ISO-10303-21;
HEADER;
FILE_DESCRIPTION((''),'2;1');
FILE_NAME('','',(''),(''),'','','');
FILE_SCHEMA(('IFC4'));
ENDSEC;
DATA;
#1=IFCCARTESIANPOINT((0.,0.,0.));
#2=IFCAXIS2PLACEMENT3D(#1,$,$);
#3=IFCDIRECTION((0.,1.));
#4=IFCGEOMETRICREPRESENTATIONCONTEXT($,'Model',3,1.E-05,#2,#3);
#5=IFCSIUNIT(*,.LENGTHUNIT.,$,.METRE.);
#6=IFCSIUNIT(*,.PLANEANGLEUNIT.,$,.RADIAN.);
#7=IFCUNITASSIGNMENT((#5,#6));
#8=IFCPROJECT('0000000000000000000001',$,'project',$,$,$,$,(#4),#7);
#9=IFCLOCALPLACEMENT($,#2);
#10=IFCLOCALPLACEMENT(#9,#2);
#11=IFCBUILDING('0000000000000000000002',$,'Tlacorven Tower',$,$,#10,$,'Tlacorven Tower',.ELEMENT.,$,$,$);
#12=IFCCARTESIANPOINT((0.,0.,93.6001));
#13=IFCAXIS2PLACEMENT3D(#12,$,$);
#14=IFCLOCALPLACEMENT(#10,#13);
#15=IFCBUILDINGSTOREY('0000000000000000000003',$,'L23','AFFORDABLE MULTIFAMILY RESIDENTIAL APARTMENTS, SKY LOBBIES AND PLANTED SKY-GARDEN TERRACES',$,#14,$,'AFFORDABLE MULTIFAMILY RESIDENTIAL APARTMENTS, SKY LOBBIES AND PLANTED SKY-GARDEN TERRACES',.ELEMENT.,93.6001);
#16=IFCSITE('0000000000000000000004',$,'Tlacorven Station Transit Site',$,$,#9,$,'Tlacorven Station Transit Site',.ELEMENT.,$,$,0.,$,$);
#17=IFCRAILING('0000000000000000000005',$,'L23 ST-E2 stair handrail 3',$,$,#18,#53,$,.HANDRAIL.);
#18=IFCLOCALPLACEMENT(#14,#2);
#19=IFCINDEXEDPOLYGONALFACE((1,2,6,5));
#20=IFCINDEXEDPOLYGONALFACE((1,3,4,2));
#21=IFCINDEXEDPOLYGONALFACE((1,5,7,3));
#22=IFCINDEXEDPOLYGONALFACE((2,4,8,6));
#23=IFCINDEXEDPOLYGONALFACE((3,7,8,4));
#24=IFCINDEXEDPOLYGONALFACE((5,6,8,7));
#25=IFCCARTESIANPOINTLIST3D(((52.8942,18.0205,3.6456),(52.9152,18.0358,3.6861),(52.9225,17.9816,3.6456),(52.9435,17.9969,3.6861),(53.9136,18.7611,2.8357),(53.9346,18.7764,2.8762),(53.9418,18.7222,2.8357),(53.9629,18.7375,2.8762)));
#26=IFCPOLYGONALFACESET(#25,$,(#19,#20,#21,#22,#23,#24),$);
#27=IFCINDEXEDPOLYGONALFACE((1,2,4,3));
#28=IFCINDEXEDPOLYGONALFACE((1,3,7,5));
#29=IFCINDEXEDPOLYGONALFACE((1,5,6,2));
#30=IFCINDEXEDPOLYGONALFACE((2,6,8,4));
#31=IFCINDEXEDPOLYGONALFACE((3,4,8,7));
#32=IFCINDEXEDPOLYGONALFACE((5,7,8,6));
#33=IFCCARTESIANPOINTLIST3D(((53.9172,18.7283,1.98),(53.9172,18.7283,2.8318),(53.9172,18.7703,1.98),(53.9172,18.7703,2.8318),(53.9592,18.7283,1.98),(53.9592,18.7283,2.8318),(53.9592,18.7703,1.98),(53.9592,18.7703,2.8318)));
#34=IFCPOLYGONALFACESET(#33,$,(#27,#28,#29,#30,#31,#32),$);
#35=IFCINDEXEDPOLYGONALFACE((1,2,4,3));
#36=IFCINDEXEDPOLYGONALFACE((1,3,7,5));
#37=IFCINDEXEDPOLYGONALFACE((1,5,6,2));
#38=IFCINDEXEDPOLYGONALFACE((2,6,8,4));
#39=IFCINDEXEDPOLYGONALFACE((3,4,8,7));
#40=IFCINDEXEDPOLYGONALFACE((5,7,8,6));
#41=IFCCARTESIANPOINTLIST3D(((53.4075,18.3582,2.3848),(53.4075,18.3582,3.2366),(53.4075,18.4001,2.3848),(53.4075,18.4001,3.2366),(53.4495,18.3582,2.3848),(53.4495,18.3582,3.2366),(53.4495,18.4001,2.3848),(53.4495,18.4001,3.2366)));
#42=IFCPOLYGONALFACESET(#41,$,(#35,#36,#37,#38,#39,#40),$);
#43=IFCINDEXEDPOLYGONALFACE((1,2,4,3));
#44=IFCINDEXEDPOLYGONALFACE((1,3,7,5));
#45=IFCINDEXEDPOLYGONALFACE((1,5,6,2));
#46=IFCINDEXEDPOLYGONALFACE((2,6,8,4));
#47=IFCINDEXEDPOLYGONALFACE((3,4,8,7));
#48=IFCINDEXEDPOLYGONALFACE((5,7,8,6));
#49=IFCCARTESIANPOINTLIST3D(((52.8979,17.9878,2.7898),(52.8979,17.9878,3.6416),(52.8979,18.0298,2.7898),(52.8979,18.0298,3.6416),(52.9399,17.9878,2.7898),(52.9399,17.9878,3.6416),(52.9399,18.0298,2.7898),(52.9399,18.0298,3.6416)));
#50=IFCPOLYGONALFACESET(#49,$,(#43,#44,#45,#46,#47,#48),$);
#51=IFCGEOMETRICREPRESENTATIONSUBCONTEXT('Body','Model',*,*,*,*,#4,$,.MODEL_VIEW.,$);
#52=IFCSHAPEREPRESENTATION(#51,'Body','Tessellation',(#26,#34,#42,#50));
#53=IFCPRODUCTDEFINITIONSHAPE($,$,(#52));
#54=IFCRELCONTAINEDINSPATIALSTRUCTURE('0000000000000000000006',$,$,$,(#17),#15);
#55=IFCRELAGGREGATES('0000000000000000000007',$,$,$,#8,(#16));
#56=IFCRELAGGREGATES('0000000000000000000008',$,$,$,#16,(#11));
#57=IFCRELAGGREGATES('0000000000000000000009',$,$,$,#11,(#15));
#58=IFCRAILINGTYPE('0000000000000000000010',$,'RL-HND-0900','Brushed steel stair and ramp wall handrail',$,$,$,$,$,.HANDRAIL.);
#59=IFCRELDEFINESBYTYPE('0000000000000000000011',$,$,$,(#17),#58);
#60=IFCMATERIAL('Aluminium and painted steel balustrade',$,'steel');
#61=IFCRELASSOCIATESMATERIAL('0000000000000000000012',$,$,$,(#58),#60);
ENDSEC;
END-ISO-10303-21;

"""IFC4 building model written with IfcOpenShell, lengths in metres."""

from ifc_helpers import new_model, si_unit, direction, frame, origin, origin_2d, place, context, subcontext, project, spatial, rectangle, extrude, source, transform, mapped, material, type_object, element, save


model = new_model("IFC4")

# Units and contexts
model_context = context("Model", 3, precision=1e-05, world=origin(), true_north=direction((0.0, 1.0)))
body_context = subcontext(model_context, "Body", "Model", "MODEL_VIEW")
ifc_project = project(units=[si_unit("LENGTHUNIT", "METRE"), si_unit("PLANEANGLEUNIT", "RADIAN")], contexts=[model_context])

# Site, building, storey
site_placement = place(None, origin())
site = spatial("IfcSite", under=ifc_project, at=site_placement, Name="Tlacorven Station Transit Site", LongName="Tlacorven Station Transit Site", CompositionType="ELEMENT", RefElevation=0.0)
building_placement = place(site_placement, origin())
building = spatial("IfcBuilding", under=site, at=building_placement, Name="Tlacorven Tower", LongName="Tlacorven Tower", CompositionType="ELEMENT")
storey_placement = place(building_placement, frame((0.0, 0.0, 93.6001)))
storey = spatial("IfcBuildingStorey", under=building, at=storey_placement, Name="L23", Description="AFFORDABLE MULTIFAMILY RESIDENTIAL APARTMENTS, SKY LOBBIES AND PLANTED SKY-GARDEN TERRACES", LongName="AFFORDABLE MULTIFAMILY RESIDENTIAL APARTMENTS, SKY LOBBIES AND PLANTED SKY-GARDEN TERRACES", CompositionType="ELEMENT", Elevation=93.6001)

# Railing
ifc_material_1 = material(Name="Aluminium and painted steel balustrade", Category="steel")
railing_type_1 = type_object("IfcRailingType", Name="RL-HND-0900", Description="Brushed steel stair and ramp wall handrail", PredefinedType="HANDRAIL", material=ifc_material_1)
shared_shape_1 = source(origin(), body_context, "Body", "SweptSolid", [
    extrude(rectangle(XDim=0.0481, YDim=0.0481, at=origin_2d()), frame((0.0, 0.0, 0.876), z_axis=(-0.680576, -0.494416, 0.540712), x_axis=(0.587745, -0.809046, 0.0)), (0.0, 0.0, 1.0), 1.4978),
    extrude(rectangle(XDim=0.042, YDim=0.042, at=origin_2d()), origin(), (0.0, 0.0, 1.0), 0.8518),
    extrude(rectangle(XDim=0.042, YDim=0.042, at=origin_2d()), frame((-0.5098, -0.3701, 0.4048)), (0.0, 0.0, 1.0), 0.8518),
    extrude(rectangle(XDim=0.042, YDim=0.042, at=origin_2d()), frame((-1.0193, -0.7405, 0.8098)), (0.0, 0.0, 1.0), 0.8518),
])
railing_1_placement = place(storey_placement, frame((53.9382, 18.7493, 1.98)))
element("IfcRailing", 1, at=railing_1_placement, inside=storey, type_object=railing_type_1, Name="L23 ST-E2 stair handrail 3", PredefinedType="HANDRAIL", context=body_context, shape_type="MappedRepresentation", body=[
    mapped(shared_shape_1, transform((0.0, 0.0, 0.0), scale=1.0)),
])

save(model, "model.ifc")
